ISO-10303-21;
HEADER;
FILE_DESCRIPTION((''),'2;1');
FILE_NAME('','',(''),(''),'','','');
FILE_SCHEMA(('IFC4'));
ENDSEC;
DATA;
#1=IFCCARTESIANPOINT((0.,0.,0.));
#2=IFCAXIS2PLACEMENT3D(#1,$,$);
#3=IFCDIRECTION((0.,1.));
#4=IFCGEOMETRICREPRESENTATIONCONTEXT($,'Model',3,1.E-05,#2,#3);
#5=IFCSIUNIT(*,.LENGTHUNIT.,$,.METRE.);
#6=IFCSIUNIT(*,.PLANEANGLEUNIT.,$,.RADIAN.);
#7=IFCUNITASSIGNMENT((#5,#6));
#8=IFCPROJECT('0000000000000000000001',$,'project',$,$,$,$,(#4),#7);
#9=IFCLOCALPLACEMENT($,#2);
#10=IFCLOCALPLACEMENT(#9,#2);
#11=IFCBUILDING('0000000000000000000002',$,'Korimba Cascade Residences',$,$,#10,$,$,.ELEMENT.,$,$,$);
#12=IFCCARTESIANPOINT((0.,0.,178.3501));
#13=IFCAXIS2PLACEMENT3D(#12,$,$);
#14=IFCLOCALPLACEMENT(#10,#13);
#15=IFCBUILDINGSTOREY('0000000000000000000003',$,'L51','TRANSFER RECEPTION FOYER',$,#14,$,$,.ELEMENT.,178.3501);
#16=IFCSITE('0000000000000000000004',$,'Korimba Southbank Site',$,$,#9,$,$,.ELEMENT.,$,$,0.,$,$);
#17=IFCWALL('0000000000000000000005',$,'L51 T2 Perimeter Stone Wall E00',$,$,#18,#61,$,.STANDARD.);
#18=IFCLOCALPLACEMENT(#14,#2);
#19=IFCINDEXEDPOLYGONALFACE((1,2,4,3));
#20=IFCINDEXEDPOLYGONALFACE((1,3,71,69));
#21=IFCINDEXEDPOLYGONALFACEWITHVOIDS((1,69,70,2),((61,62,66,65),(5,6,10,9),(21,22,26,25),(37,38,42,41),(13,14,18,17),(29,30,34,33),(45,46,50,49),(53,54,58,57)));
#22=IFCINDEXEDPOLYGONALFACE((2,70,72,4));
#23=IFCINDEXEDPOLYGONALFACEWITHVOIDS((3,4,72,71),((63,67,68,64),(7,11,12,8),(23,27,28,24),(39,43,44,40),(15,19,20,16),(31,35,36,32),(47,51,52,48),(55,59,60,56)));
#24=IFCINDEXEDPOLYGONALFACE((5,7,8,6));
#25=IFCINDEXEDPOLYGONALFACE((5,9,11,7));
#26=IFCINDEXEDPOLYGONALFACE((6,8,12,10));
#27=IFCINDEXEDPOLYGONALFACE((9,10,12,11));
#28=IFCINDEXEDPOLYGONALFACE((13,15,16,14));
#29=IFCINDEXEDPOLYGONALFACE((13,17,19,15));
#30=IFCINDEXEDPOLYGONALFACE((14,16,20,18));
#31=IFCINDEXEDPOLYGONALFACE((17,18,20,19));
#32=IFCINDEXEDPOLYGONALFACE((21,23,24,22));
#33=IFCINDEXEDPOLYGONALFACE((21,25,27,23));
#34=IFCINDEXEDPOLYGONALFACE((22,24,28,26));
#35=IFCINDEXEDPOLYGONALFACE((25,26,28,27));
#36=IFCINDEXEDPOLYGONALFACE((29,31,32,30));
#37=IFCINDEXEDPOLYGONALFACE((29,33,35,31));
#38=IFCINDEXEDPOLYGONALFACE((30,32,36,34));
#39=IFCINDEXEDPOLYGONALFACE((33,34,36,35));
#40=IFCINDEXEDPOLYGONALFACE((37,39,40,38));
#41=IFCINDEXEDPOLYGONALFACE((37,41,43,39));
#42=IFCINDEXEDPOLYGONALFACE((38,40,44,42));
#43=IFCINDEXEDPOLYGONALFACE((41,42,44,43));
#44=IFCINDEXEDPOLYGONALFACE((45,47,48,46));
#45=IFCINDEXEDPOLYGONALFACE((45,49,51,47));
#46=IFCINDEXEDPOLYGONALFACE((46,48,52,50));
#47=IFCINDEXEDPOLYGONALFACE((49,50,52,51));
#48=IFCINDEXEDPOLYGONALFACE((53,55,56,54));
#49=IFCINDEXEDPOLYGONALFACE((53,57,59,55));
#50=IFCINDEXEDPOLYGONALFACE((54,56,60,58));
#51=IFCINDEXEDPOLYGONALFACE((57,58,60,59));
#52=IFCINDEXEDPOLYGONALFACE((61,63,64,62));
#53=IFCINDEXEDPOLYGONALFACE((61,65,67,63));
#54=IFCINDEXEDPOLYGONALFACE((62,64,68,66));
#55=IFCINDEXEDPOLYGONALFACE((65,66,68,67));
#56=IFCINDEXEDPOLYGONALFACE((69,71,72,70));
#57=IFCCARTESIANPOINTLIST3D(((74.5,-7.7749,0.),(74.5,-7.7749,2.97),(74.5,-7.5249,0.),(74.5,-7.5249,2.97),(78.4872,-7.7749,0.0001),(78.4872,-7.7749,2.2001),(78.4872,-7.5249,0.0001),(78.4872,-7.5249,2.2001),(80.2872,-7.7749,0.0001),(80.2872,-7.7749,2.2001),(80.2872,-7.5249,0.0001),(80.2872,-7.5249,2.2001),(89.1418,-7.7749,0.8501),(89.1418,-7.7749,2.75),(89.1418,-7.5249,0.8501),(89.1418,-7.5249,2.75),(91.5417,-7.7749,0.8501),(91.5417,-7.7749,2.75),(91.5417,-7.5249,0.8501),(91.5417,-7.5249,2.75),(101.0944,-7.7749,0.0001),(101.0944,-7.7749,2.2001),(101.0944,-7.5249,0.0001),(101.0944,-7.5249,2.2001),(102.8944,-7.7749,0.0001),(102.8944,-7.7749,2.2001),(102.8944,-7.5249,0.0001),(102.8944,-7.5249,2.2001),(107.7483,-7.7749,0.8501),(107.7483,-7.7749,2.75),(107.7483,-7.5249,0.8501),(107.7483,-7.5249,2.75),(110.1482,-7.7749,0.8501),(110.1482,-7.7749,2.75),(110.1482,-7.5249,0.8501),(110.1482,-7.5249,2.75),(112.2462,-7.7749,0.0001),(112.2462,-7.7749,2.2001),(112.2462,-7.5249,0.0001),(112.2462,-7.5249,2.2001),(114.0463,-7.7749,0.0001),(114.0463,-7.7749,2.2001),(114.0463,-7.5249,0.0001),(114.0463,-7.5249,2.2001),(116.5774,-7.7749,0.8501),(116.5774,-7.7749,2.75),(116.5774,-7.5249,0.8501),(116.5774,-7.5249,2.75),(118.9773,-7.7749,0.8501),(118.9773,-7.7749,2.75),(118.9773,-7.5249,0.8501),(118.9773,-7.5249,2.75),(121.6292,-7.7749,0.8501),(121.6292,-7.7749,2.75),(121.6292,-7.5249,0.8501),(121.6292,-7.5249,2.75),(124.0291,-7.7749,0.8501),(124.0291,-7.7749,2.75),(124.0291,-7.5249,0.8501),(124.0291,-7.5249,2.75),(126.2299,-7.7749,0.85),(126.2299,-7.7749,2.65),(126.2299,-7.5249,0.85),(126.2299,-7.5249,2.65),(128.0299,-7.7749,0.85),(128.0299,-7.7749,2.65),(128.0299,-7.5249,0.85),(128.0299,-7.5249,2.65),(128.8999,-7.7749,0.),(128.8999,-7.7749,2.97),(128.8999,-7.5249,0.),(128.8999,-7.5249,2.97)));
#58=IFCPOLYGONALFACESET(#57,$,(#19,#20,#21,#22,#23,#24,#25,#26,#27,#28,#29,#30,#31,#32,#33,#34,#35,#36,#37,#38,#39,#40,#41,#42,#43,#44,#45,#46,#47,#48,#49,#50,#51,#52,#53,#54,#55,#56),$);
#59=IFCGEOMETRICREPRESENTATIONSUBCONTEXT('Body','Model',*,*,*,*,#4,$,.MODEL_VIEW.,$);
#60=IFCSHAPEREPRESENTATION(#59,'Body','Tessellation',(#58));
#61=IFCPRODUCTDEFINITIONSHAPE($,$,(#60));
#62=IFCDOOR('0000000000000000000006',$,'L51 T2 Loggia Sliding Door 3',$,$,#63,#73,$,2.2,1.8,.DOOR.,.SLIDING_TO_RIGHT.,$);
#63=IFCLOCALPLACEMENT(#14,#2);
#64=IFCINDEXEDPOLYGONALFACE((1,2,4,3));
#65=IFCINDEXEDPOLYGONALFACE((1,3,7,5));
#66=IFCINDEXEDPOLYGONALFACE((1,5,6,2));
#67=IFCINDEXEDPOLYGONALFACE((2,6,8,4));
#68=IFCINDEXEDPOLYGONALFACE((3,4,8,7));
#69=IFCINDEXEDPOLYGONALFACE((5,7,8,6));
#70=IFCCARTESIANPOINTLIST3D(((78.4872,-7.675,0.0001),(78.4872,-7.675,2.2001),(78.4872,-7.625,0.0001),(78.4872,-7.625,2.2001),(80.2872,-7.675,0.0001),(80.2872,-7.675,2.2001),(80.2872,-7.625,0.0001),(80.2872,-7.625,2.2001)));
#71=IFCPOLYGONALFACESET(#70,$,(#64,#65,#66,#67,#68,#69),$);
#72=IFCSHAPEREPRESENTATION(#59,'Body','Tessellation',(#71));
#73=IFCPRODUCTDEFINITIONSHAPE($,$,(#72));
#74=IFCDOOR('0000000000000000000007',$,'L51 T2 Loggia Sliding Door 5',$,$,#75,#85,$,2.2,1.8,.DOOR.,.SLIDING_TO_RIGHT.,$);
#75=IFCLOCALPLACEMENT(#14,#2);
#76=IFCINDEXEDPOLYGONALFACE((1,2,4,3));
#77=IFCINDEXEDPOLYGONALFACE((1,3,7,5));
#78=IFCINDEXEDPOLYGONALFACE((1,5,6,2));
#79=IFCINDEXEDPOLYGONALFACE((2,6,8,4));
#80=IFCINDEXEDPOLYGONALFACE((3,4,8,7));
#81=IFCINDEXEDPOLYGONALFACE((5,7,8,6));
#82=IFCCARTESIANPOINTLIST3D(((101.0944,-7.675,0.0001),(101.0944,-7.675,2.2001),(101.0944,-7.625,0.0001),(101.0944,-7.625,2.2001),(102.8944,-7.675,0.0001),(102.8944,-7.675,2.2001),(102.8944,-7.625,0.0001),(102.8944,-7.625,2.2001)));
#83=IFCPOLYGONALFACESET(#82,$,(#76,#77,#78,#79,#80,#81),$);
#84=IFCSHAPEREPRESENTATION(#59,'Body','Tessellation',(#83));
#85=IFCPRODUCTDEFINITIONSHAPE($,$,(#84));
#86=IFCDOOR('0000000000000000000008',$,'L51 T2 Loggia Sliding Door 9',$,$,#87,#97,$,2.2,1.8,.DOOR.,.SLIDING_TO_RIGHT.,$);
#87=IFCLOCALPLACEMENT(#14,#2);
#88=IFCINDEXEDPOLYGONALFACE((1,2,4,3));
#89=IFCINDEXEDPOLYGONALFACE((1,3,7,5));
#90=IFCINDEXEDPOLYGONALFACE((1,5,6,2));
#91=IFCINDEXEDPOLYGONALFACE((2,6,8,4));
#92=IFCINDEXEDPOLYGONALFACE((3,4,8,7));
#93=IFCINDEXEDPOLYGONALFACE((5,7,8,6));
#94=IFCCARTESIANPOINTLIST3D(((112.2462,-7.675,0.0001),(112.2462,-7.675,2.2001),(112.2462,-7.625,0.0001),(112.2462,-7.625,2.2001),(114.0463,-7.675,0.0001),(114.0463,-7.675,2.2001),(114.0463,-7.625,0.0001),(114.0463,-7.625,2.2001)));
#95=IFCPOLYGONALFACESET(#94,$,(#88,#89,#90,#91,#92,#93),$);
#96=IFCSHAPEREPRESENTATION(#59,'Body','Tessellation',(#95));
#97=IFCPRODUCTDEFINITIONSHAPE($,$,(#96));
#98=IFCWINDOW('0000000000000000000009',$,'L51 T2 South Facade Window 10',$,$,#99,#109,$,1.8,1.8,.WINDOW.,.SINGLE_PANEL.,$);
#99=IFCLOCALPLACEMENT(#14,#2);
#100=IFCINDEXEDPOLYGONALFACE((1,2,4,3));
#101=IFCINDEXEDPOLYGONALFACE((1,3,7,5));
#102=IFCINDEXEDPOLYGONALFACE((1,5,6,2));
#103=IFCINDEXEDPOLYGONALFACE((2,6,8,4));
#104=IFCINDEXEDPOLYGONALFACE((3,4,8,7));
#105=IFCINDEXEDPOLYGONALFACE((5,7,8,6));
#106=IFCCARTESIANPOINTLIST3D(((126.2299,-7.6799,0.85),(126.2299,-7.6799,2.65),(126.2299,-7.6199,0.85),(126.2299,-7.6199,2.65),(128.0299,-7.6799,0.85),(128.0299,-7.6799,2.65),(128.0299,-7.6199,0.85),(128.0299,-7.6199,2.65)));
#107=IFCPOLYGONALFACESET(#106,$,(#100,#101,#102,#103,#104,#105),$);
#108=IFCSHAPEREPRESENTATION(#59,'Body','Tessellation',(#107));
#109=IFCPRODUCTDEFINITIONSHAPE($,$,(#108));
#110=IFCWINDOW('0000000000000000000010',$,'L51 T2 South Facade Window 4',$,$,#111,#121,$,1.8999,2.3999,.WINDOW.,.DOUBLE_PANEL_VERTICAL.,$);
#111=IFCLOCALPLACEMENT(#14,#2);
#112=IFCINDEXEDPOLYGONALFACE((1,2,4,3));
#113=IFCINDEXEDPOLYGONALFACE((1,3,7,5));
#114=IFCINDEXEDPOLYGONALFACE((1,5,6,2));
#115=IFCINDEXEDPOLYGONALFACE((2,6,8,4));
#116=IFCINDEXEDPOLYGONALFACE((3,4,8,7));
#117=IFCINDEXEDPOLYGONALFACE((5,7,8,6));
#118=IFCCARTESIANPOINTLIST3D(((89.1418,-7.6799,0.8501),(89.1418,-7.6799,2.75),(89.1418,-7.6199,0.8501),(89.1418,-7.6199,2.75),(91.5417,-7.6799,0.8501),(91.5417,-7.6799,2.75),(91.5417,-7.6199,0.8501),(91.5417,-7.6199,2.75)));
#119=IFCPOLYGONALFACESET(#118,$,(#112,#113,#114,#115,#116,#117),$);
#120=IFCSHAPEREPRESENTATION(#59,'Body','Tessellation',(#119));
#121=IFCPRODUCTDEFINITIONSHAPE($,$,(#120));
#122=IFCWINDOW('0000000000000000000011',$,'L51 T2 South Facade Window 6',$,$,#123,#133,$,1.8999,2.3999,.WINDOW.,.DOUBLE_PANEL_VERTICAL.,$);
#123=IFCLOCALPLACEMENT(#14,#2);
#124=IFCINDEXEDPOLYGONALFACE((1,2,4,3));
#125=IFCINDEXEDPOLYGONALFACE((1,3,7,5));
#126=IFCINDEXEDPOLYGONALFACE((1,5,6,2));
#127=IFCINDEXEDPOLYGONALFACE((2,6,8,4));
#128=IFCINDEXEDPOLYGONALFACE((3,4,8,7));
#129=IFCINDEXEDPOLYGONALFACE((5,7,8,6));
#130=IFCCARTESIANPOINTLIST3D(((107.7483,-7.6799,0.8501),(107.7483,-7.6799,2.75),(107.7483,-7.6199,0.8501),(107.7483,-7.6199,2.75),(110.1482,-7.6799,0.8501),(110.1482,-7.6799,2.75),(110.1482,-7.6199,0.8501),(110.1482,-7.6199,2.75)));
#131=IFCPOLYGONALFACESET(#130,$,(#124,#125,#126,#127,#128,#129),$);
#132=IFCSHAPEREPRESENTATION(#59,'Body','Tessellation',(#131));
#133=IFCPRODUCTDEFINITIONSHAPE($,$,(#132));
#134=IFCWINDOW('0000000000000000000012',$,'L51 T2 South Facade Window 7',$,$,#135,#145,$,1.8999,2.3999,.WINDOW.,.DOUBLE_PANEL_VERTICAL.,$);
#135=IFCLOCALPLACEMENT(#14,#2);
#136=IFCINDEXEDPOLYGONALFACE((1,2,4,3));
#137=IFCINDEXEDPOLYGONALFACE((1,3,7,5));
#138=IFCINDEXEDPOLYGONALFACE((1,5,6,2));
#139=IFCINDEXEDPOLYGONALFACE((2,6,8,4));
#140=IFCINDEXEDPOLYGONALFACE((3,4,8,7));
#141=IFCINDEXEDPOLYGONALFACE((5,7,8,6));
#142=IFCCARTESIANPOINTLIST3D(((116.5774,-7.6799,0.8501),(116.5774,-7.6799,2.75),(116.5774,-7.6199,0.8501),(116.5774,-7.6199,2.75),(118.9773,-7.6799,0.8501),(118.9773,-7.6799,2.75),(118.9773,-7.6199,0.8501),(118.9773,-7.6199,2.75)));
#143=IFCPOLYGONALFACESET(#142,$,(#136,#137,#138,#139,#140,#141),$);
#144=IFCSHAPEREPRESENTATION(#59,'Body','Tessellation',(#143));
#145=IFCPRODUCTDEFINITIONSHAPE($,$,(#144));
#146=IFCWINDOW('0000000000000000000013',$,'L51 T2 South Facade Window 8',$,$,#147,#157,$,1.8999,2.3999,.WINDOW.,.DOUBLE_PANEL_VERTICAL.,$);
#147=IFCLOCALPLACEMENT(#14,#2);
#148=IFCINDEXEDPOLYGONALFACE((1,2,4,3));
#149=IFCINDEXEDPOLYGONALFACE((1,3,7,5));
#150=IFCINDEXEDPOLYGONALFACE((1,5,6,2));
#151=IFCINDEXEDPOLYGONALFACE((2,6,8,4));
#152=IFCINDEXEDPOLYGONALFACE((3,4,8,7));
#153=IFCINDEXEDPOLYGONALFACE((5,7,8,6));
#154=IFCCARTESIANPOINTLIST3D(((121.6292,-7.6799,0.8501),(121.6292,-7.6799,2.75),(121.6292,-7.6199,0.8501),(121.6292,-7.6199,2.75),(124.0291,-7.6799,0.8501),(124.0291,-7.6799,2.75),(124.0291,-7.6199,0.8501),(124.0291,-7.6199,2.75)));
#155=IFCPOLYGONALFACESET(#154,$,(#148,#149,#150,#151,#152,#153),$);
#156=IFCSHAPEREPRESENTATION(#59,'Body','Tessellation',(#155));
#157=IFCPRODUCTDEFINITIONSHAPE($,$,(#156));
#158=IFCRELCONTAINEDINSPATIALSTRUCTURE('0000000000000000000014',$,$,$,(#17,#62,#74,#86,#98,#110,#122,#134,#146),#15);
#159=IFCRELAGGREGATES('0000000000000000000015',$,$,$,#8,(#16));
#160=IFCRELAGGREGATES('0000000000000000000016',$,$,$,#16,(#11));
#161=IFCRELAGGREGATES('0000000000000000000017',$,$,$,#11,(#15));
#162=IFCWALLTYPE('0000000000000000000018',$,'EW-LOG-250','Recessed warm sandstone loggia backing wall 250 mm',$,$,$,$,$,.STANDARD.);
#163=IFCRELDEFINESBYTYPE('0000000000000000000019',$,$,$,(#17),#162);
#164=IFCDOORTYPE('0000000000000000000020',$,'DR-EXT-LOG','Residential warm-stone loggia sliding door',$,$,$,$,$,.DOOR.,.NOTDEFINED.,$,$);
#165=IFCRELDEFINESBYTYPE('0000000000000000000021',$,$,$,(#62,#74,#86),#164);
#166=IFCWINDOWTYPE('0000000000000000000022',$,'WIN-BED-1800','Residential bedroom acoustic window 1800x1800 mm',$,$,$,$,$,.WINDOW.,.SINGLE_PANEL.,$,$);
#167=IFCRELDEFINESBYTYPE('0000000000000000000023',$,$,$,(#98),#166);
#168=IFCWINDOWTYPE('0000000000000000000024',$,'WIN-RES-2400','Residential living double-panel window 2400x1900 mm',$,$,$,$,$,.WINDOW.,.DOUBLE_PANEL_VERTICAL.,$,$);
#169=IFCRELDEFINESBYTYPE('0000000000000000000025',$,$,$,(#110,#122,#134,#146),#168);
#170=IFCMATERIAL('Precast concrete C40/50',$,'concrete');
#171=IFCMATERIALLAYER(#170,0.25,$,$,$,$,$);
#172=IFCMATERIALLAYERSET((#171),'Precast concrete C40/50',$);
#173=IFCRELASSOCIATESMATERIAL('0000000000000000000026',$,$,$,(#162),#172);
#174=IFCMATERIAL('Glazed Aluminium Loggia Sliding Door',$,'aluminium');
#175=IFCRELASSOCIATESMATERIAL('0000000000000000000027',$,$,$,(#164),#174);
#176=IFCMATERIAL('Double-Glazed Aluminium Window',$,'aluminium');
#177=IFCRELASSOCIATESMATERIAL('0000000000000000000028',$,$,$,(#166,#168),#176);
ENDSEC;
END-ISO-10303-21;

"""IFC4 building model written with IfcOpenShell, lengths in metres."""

from ifc_helpers import new_model, si_unit, direction, frame, frame_2d, origin, place, context, subcontext, project, spatial, rectangle, extrude, material, layer, layer_set, type_object, element, fill, save


model = new_model("IFC4")

# Units and contexts
model_context = context("Model", 3, precision=1e-05, world=origin(), true_north=direction((0.0, 1.0)))
body_context = subcontext(model_context, "Body", "Model", "MODEL_VIEW")
ifc_project = project(units=[si_unit("LENGTHUNIT", "METRE"), si_unit("PLANEANGLEUNIT", "RADIAN")], contexts=[model_context])

# Site, building, storey
site_placement = place(None, origin())
site = spatial("IfcSite", under=ifc_project, at=site_placement, Name="Korimba Southbank Site", CompositionType="ELEMENT", RefElevation=0.0)
building_placement = place(site_placement, origin())
building = spatial("IfcBuilding", under=site, at=building_placement, Name="Korimba Cascade Residences", CompositionType="ELEMENT")
storey_placement = place(building_placement, frame((0.0, 0.0, 178.3501)))
storey = spatial("IfcBuildingStorey", under=building, at=storey_placement, Name="L51", Description="TRANSFER RECEPTION FOYER", CompositionType="ELEMENT", Elevation=178.3501)

# Wall, openings, doors, windows
ifc_material_1 = material(Name="Precast concrete C40/50", Category="concrete")
ifc_layer_1 = layer(ifc_material_1, 0.25)
ifc_layer_set_1 = layer_set([ifc_layer_1], Name="Precast concrete C40/50")
wall_type_1 = type_object("IfcWallType", Name="EW-LOG-250", Description="Recessed warm sandstone loggia backing wall 250 mm", PredefinedType="STANDARD", material=ifc_layer_set_1)
wall_1_placement = place(storey_placement, frame((74.5, -7.6499, 0.0), z_axis=(0.0, 0.0, 1.0), x_axis=(1.0, 0.0, 0.0)))
wall_1 = element("IfcWall", 1, at=wall_1_placement, inside=storey, type_object=wall_type_1, Name="L51 T2 Perimeter Stone Wall E00", PredefinedType="STANDARD", context=body_context, shape_type="SweptSolid", body=[
    extrude(rectangle(XDim=54.3999, YDim=0.25, at=frame_2d((27.2, 0.0))), origin(), (0.0, 0.0, 1.0), 2.97),
])
opening_1_placement = place(wall_1_placement, frame((3.9873, 0.0, 0.0)))
opening_1 = element("IfcOpeningElement", 2, at=opening_1_placement, cuts=wall_1, PredefinedType="OPENING", context=body_context, shape_type="SweptSolid", body=[
    extrude(rectangle(XDim=1.8, YDim=2.2, at=frame_2d((0.8999, 1.1001))), frame((0.0, 0.135, 0.0), z_axis=(0.0, -1.0, 0.0), x_axis=(1.0, 0.0, 0.0)), (0.0, 0.0, 1.0), 0.27),
])
opening_2_placement = place(wall_1_placement, frame((14.6418, 0.0, 0.8501)))
opening_2 = element("IfcOpeningElement", 3, at=opening_2_placement, cuts=wall_1, PredefinedType="OPENING", context=body_context, shape_type="SweptSolid", body=[
    extrude(rectangle(XDim=2.3999, YDim=1.8999, at=frame_2d((1.2, 0.95))), frame((0.0, 0.135, 0.0), z_axis=(0.0, -1.0, 0.0), x_axis=(1.0, 0.0, 0.0)), (0.0, 0.0, 1.0), 0.27),
])
opening_3_placement = place(wall_1_placement, frame((26.5945, 0.0, 0.0)))
opening_3 = element("IfcOpeningElement", 4, at=opening_3_placement, cuts=wall_1, PredefinedType="OPENING", context=body_context, shape_type="SweptSolid", body=[
    extrude(rectangle(XDim=1.8, YDim=2.2, at=frame_2d((0.8999, 1.1001))), frame((0.0, 0.135, 0.0), z_axis=(0.0, -1.0, 0.0), x_axis=(1.0, 0.0, 0.0)), (0.0, 0.0, 1.0), 0.27),
])
opening_4_placement = place(wall_1_placement, frame((33.2483, 0.0, 0.8501)))
opening_4 = element("IfcOpeningElement", 5, at=opening_4_placement, cuts=wall_1, PredefinedType="OPENING", context=body_context, shape_type="SweptSolid", body=[
    extrude(rectangle(XDim=2.3999, YDim=1.8999, at=frame_2d((1.2, 0.95))), frame((0.0, 0.135, 0.0), z_axis=(0.0, -1.0, 0.0), x_axis=(1.0, 0.0, 0.0)), (0.0, 0.0, 1.0), 0.27),
])
opening_5_placement = place(wall_1_placement, frame((42.0774, 0.0, 0.8501)))
opening_5 = element("IfcOpeningElement", 6, at=opening_5_placement, cuts=wall_1, PredefinedType="OPENING", context=body_context, shape_type="SweptSolid", body=[
    extrude(rectangle(XDim=2.3999, YDim=1.8999, at=frame_2d((1.2, 0.95))), frame((0.0, 0.135, 0.0), z_axis=(0.0, -1.0, 0.0), x_axis=(1.0, 0.0, 0.0)), (0.0, 0.0, 1.0), 0.27),
])
opening_6_placement = place(wall_1_placement, frame((47.1292, 0.0, 0.8501)))
opening_6 = element("IfcOpeningElement", 7, at=opening_6_placement, cuts=wall_1, PredefinedType="OPENING", context=body_context, shape_type="SweptSolid", body=[
    extrude(rectangle(XDim=2.3999, YDim=1.8999, at=frame_2d((1.2, 0.95))), frame((0.0, 0.135, 0.0), z_axis=(0.0, -1.0, 0.0), x_axis=(1.0, 0.0, 0.0)), (0.0, 0.0, 1.0), 0.27),
])
opening_7_placement = place(wall_1_placement, frame((37.7463, 0.0, 0.0)))
opening_7 = element("IfcOpeningElement", 8, at=opening_7_placement, cuts=wall_1, PredefinedType="OPENING", context=body_context, shape_type="SweptSolid", body=[
    extrude(rectangle(XDim=1.8, YDim=2.2, at=frame_2d((0.8999, 1.1001))), frame((0.0, 0.135, 0.0), z_axis=(0.0, -1.0, 0.0), x_axis=(1.0, 0.0, 0.0)), (0.0, 0.0, 1.0), 0.27),
])
opening_8_placement = place(wall_1_placement, frame((51.73, 0.0, 0.8501)))
opening_8 = element("IfcOpeningElement", 9, at=opening_8_placement, cuts=wall_1, PredefinedType="OPENING", context=body_context, shape_type="SweptSolid", body=[
    extrude(rectangle(XDim=1.8, YDim=1.8, at=frame_2d((0.8999, 0.8999))), frame((0.0, 0.135, 0.0), z_axis=(0.0, -1.0, 0.0), x_axis=(1.0, 0.0, 0.0)), (0.0, 0.0, 1.0), 0.27),
])
ifc_material_2 = material(Name="Glazed Aluminium Loggia Sliding Door", Category="aluminium")
door_type = type_object("IfcDoorType", Name="DR-EXT-LOG", Description="Residential warm-stone loggia sliding door", OperationType="NOTDEFINED", PredefinedType="DOOR", material=ifc_material_2)
door_1_placement = place(opening_1_placement, origin())
door_1 = element("IfcDoor", 10, at=door_1_placement, inside=storey, type_object=door_type, Name="L51 T2 Loggia Sliding Door 3", OperationType="SLIDING_TO_RIGHT", OverallHeight=2.2, OverallWidth=1.8, PredefinedType="DOOR", context=body_context, shape_type="SweptSolid", body=[
    extrude(rectangle(XDim=1.8, YDim=2.2, at=frame_2d((0.8999, 1.1001))), frame((0.0, 0.0249, 0.0), z_axis=(0.0, -1.0, 0.0), x_axis=(1.0, 0.0, 0.0)), (0.0, 0.0, 1.0), 0.05),
])
fill(opening_1, door_1)
door_2_placement = place(opening_3_placement, origin())
door_2 = element("IfcDoor", 11, at=door_2_placement, inside=storey, type_object=door_type, Name="L51 T2 Loggia Sliding Door 5", OperationType="SLIDING_TO_RIGHT", OverallHeight=2.2, OverallWidth=1.8, PredefinedType="DOOR", context=body_context, shape_type="SweptSolid", body=[
    extrude(rectangle(XDim=1.8, YDim=2.2, at=frame_2d((0.8999, 1.1001))), frame((0.0, 0.0249, 0.0), z_axis=(0.0, -1.0, 0.0), x_axis=(1.0, 0.0, 0.0)), (0.0, 0.0, 1.0), 0.05),
])
fill(opening_3, door_2)
door_3_placement = place(opening_7_placement, origin())
door_3 = element("IfcDoor", 12, at=door_3_placement, inside=storey, type_object=door_type, Name="L51 T2 Loggia Sliding Door 9", OperationType="SLIDING_TO_RIGHT", OverallHeight=2.2, OverallWidth=1.8, PredefinedType="DOOR", context=body_context, shape_type="SweptSolid", body=[
    extrude(rectangle(XDim=1.8, YDim=2.2, at=frame_2d((0.8999, 1.1001))), frame((0.0, 0.0249, 0.0), z_axis=(0.0, -1.0, 0.0), x_axis=(1.0, 0.0, 0.0)), (0.0, 0.0, 1.0), 0.05),
])
fill(opening_7, door_3)
ifc_material_3 = material(Name="Double-Glazed Aluminium Window", Category="aluminium")
window_type_1 = type_object("IfcWindowType", Name="WIN-BED-1800", Description="Residential bedroom acoustic window 1800x1800 mm", PartitioningType="SINGLE_PANEL", PredefinedType="WINDOW", material=ifc_material_3)
window_1_placement = place(opening_8_placement, origin())
window_1 = element("IfcWindow", 13, at=window_1_placement, inside=storey, type_object=window_type_1, Name="L51 T2 South Facade Window 10", OverallHeight=1.8, OverallWidth=1.8, PartitioningType="SINGLE_PANEL", PredefinedType="WINDOW", context=body_context, shape_type="SweptSolid", body=[
    extrude(rectangle(XDim=1.8, YDim=1.8, at=frame_2d((0.8999, 0.8999))), frame((0.0, 0.03, 0.0), z_axis=(0.0, -1.0, 0.0), x_axis=(1.0, 0.0, 0.0)), (0.0, 0.0, 1.0), 0.0601),
])
fill(opening_8, window_1)
window_type_2 = type_object("IfcWindowType", Name="WIN-RES-2400", Description="Residential living double-panel window 2400x1900 mm", PartitioningType="DOUBLE_PANEL_VERTICAL", PredefinedType="WINDOW", material=ifc_material_3)
window_2_placement = place(opening_2_placement, origin())
window_2 = element("IfcWindow", 14, at=window_2_placement, inside=storey, type_object=window_type_2, Name="L51 T2 South Facade Window 4", OverallHeight=1.8999, OverallWidth=2.3999, PartitioningType="DOUBLE_PANEL_VERTICAL", PredefinedType="WINDOW", context=body_context, shape_type="SweptSolid", body=[
    extrude(rectangle(XDim=2.3999, YDim=1.8999, at=frame_2d((1.2, 0.95))), frame((0.0, 0.03, 0.0), z_axis=(0.0, -1.0, 0.0), x_axis=(1.0, 0.0, 0.0)), (0.0, 0.0, 1.0), 0.0601),
])
fill(opening_2, window_2)
window_3_placement = place(opening_4_placement, origin())
window_3 = element("IfcWindow", 15, at=window_3_placement, inside=storey, type_object=window_type_2, Name="L51 T2 South Facade Window 6", OverallHeight=1.8999, OverallWidth=2.3999, PartitioningType="DOUBLE_PANEL_VERTICAL", PredefinedType="WINDOW", context=body_context, shape_type="SweptSolid", body=[
    extrude(rectangle(XDim=2.3999, YDim=1.8999, at=frame_2d((1.2, 0.95))), frame((0.0, 0.03, 0.0), z_axis=(0.0, -1.0, 0.0), x_axis=(1.0, 0.0, 0.0)), (0.0, 0.0, 1.0), 0.0601),
])
fill(opening_4, window_3)
window_4_placement = place(opening_5_placement, origin())
window_4 = element("IfcWindow", 16, at=window_4_placement, inside=storey, type_object=window_type_2, Name="L51 T2 South Facade Window 7", OverallHeight=1.8999, OverallWidth=2.3999, PartitioningType="DOUBLE_PANEL_VERTICAL", PredefinedType="WINDOW", context=body_context, shape_type="SweptSolid", body=[
    extrude(rectangle(XDim=2.3999, YDim=1.8999, at=frame_2d((1.2, 0.95))), frame((0.0, 0.03, 0.0), z_axis=(0.0, -1.0, 0.0), x_axis=(1.0, 0.0, 0.0)), (0.0, 0.0, 1.0), 0.0601),
])
fill(opening_5, window_4)
window_5_placement = place(opening_6_placement, origin())
window_5 = element("IfcWindow", 17, at=window_5_placement, inside=storey, type_object=window_type_2, Name="L51 T2 South Facade Window 8", OverallHeight=1.8999, OverallWidth=2.3999, PartitioningType="DOUBLE_PANEL_VERTICAL", PredefinedType="WINDOW", context=body_context, shape_type="SweptSolid", body=[
    extrude(rectangle(XDim=2.3999, YDim=1.8999, at=frame_2d((1.2, 0.95))), frame((0.0, 0.03, 0.0), z_axis=(0.0, -1.0, 0.0), x_axis=(1.0, 0.0, 0.0)), (0.0, 0.0, 1.0), 0.0601),
])
fill(opening_6, window_5)

save(model, "model.ifc")
